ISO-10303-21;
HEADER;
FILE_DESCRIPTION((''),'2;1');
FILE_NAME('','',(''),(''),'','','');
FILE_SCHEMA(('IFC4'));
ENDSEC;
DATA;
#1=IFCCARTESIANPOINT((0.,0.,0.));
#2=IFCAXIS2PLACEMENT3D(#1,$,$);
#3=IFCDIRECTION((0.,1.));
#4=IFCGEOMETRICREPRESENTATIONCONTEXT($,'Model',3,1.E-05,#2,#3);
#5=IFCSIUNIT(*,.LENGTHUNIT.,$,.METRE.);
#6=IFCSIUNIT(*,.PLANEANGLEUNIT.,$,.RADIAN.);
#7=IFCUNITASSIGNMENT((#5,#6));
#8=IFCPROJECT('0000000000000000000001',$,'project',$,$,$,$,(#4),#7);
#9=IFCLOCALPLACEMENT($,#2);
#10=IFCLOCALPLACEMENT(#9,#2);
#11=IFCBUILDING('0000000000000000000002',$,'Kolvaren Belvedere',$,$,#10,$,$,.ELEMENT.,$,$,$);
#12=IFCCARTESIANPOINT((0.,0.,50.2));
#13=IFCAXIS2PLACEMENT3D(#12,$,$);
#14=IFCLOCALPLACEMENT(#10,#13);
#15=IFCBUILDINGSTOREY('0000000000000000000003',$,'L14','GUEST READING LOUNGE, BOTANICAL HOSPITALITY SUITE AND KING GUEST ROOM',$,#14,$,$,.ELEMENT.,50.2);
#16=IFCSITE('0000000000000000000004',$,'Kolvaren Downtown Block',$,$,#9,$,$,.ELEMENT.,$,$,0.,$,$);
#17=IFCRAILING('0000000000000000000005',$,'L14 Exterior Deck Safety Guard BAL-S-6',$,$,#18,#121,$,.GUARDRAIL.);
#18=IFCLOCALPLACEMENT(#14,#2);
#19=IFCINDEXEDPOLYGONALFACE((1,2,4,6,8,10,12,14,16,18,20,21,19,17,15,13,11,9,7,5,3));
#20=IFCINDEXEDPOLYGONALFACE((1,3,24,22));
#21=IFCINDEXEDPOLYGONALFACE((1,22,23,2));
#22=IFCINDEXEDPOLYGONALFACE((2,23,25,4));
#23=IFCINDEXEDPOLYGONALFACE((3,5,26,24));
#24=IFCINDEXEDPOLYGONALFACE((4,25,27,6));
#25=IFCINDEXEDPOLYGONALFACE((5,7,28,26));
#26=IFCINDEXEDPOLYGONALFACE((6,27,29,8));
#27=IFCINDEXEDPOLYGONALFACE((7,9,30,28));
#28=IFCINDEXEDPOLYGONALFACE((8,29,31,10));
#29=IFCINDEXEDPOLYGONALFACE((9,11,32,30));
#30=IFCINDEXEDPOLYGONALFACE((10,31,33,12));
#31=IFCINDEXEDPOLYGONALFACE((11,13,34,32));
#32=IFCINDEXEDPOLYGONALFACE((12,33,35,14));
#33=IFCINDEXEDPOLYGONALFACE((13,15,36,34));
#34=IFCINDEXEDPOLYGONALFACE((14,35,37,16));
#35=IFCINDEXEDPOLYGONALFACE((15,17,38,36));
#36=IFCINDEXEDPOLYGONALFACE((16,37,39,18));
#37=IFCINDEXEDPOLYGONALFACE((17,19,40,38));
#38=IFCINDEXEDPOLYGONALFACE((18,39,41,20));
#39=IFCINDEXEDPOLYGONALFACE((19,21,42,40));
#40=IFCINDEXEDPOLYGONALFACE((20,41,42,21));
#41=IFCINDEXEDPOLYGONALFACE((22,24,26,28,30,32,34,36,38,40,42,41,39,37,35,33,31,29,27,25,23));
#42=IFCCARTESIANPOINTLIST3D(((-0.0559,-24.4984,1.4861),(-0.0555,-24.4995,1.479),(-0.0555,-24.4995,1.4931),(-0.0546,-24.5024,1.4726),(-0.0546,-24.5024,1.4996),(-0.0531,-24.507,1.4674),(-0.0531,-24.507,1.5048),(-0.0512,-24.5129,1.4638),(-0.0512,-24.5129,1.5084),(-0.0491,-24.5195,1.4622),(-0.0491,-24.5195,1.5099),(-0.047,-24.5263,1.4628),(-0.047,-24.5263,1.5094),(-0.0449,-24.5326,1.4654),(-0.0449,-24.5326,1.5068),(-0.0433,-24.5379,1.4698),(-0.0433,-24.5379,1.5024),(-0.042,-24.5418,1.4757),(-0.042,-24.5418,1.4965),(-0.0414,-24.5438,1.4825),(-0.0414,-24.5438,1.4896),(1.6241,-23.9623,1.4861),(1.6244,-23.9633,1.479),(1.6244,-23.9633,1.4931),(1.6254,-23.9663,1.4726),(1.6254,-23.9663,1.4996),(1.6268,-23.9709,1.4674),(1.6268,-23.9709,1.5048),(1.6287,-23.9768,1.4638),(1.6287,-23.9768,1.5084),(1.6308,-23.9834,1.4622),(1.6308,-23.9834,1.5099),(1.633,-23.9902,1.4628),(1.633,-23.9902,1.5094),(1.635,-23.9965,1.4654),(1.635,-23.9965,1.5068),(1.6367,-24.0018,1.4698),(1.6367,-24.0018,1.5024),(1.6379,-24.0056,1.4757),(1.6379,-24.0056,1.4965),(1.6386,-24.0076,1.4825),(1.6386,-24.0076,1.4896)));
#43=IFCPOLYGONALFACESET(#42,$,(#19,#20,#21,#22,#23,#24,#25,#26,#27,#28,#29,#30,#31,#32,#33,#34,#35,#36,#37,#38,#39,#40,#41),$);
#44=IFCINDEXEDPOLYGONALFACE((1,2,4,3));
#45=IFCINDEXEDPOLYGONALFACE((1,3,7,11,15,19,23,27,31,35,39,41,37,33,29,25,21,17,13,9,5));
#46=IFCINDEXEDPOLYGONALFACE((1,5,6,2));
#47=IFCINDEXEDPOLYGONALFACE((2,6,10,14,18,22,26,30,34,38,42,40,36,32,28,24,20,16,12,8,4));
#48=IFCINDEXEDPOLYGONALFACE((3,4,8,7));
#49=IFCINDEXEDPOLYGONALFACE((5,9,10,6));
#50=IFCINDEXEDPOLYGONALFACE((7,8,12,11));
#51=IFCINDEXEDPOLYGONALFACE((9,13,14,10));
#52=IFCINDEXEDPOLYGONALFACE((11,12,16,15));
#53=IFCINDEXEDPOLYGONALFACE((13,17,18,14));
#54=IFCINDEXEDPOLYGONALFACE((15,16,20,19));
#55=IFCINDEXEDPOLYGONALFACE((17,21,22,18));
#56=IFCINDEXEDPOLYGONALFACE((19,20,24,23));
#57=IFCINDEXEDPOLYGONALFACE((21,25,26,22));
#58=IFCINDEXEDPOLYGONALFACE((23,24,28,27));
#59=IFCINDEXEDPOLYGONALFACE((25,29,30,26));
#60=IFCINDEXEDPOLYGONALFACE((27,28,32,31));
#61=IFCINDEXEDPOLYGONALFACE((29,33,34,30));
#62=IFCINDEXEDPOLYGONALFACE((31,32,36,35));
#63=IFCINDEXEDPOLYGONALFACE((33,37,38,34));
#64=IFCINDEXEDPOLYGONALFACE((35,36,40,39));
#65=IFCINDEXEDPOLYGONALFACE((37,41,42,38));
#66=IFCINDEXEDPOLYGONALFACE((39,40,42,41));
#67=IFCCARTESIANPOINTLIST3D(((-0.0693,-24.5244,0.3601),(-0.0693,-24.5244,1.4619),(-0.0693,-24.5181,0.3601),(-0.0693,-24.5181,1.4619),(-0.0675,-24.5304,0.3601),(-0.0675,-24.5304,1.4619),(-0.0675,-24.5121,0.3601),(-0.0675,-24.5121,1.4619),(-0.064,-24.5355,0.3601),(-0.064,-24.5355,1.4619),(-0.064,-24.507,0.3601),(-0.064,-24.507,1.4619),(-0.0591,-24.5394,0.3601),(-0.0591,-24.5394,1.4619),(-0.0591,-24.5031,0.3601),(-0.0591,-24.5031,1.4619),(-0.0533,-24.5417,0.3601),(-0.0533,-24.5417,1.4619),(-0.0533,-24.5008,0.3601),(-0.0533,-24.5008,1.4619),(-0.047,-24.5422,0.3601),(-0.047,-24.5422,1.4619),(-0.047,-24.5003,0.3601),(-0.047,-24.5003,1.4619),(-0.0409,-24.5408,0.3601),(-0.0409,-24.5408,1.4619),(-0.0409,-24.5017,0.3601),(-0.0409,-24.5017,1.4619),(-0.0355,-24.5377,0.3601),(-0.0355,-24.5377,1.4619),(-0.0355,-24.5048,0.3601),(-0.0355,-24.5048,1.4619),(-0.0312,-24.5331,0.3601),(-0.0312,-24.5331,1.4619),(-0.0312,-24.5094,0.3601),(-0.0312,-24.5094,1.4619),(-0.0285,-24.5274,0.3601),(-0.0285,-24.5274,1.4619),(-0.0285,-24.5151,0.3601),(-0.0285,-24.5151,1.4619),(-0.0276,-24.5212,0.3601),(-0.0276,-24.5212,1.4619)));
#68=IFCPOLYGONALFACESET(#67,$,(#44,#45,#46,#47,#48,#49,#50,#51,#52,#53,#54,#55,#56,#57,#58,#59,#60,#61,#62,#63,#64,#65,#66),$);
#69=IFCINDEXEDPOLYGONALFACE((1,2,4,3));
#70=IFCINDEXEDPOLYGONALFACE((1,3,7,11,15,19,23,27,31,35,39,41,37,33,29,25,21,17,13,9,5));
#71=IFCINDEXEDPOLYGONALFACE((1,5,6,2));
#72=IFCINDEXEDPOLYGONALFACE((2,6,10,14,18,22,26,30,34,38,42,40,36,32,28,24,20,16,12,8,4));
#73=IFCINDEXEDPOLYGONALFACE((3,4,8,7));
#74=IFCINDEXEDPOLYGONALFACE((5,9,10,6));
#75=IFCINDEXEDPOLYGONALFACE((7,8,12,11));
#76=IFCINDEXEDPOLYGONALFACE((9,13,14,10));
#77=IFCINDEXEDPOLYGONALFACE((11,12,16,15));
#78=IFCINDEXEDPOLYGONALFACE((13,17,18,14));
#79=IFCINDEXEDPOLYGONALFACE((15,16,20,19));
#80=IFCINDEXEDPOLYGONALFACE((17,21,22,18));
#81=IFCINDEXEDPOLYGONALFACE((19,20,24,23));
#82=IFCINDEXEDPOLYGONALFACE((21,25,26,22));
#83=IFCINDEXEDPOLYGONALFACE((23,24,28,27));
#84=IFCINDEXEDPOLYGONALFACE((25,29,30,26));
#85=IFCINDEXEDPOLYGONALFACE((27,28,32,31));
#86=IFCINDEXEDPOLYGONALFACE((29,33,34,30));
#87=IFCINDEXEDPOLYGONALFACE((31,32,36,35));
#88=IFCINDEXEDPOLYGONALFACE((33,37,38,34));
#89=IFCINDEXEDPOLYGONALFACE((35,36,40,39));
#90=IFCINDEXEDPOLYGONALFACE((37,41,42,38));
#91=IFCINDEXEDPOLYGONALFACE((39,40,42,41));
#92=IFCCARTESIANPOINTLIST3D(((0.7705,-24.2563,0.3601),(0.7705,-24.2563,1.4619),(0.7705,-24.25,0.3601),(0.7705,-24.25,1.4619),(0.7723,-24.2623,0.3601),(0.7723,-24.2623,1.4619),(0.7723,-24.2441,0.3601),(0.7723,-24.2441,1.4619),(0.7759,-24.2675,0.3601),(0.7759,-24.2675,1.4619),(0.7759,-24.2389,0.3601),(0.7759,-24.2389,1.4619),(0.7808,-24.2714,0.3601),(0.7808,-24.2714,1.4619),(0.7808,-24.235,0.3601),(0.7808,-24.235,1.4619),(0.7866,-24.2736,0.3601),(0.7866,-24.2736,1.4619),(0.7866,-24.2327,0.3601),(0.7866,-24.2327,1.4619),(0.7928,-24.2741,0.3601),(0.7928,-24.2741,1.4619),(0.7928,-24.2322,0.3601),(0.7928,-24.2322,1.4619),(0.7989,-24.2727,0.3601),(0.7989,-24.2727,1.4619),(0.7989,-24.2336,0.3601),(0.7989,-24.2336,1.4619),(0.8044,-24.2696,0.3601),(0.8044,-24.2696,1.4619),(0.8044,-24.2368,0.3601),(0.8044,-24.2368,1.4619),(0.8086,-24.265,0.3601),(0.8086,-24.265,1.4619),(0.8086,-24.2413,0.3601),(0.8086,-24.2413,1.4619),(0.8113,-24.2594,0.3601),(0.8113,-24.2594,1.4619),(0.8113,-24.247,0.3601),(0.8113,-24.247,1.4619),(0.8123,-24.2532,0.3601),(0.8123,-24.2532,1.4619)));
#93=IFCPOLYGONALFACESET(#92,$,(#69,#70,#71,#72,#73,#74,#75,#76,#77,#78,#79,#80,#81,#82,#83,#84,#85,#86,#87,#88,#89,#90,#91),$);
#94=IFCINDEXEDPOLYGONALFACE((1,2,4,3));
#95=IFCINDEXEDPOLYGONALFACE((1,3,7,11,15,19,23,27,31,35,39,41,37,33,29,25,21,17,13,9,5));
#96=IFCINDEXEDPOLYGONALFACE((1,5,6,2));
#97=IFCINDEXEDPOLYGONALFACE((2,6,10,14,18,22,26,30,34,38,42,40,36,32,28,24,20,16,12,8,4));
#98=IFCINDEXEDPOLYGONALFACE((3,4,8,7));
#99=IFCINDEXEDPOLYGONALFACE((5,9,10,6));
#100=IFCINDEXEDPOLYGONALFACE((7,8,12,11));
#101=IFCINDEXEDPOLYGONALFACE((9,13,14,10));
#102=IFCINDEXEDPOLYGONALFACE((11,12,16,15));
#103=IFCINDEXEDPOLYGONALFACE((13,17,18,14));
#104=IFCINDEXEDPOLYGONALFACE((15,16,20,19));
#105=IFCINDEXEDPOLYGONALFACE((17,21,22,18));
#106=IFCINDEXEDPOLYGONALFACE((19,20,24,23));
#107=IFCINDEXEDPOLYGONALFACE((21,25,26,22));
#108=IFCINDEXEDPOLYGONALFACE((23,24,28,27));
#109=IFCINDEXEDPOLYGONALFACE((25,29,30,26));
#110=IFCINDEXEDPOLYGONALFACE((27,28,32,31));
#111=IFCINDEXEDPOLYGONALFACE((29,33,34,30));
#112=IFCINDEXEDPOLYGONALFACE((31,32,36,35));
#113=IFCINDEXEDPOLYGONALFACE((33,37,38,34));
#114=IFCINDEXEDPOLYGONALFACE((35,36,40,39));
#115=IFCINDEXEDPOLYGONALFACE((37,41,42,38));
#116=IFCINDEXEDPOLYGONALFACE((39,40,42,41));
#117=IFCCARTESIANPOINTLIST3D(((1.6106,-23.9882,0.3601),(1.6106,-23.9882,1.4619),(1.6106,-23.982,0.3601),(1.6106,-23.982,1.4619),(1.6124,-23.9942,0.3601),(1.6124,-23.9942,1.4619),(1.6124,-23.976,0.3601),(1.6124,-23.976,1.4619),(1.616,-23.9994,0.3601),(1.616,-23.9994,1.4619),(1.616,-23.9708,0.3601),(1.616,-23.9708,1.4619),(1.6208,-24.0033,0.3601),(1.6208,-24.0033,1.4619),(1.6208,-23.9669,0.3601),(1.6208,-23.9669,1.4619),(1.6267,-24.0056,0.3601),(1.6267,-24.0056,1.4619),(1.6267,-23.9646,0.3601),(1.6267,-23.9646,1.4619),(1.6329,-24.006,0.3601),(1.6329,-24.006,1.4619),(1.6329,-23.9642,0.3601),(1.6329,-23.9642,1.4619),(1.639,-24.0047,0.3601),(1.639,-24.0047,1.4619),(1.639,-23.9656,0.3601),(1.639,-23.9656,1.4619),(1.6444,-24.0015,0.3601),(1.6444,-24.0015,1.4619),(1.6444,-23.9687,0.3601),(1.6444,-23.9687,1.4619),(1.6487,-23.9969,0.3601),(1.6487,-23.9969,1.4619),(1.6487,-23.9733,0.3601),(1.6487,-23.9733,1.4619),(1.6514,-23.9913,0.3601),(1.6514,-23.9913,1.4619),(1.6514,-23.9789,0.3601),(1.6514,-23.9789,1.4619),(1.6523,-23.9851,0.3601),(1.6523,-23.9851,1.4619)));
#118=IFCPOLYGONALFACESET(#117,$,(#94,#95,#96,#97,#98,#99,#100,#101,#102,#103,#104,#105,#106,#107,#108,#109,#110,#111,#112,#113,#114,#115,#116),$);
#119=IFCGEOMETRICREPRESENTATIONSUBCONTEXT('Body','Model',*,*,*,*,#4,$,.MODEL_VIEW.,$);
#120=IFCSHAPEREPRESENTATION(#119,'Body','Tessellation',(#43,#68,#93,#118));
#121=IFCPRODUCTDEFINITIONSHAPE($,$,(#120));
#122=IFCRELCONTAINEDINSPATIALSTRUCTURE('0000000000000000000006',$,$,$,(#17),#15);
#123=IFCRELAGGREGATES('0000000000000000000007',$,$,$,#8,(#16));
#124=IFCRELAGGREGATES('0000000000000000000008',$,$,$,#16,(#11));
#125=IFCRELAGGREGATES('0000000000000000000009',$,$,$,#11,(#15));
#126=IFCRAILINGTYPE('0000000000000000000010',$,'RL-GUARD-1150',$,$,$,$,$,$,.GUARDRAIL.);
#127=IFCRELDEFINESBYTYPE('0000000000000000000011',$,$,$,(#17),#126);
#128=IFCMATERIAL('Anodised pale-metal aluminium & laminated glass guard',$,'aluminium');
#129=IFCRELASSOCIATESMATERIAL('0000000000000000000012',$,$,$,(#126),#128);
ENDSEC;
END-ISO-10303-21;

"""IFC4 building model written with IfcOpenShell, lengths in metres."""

from ifc_helpers import new_model, si_unit, direction, frame, origin, origin_2d, place, context, subcontext, project, spatial, circle, extrude, material, type_object, element, save


model = new_model("IFC4")

# Units and contexts
model_context = context("Model", 3, precision=1e-05, world=origin(), true_north=direction((0.0, 1.0)))
body_context = subcontext(model_context, "Body", "Model", "MODEL_VIEW")
ifc_project = project(units=[si_unit("LENGTHUNIT", "METRE"), si_unit("PLANEANGLEUNIT", "RADIAN")], contexts=[model_context])

# Site, building, storey
site_placement = place(None, origin())
site = spatial("IfcSite", under=ifc_project, at=site_placement, Name="Kolvaren Downtown Block", CompositionType="ELEMENT", RefElevation=0.0)
building_placement = place(site_placement, origin())
building = spatial("IfcBuilding", under=site, at=building_placement, Name="Kolvaren Belvedere", CompositionType="ELEMENT")
storey_placement = place(building_placement, frame((0.0, 0.0, 50.2)))
storey = spatial("IfcBuildingStorey", under=building, at=storey_placement, Name="L14", Description="GUEST READING LOUNGE, BOTANICAL HOSPITALITY SUITE AND KING GUEST ROOM", CompositionType="ELEMENT", Elevation=50.2)

# Railing
ifc_material_1 = material(Name="Anodised pale-metal aluminium & laminated glass guard", Category="aluminium")
railing_type = type_object("IfcRailingType", Name="RL-GUARD-1150", PredefinedType="GUARDRAIL", material=ifc_material_1)
railing_1_placement = place(storey_placement, frame((-0.0486, -24.5212, 0.3601)))
element("IfcRailing", 1, at=railing_1_placement, inside=storey, type_object=railing_type, Name="L14 Exterior Deck Safety Guard BAL-S-6", PredefinedType="GUARDRAIL", context=body_context, shape_type="SweptSolid", body=[
    extrude(circle(Radius=0.0239, at=origin_2d()), frame((0.0, 0.0, 1.126), z_axis=(0.952662, 0.304032, 0.0), x_axis=(-0.304032, 0.952662, 0.0)), (0.0, 0.0, 1.0), 1.7634),
    extrude(circle(Radius=0.021, at=origin_2d()), origin(), (0.0, 0.0, 1.0), 1.1018),
    extrude(circle(Radius=0.021, at=origin_2d()), frame((0.8398, 0.2681, 0.0)), (0.0, 0.0, 1.0), 1.1018),
    extrude(circle(Radius=0.021, at=origin_2d()), frame((1.6799, 0.5361, 0.0)), (0.0, 0.0, 1.0), 1.1018),
])

save(model, "model.ifc")
